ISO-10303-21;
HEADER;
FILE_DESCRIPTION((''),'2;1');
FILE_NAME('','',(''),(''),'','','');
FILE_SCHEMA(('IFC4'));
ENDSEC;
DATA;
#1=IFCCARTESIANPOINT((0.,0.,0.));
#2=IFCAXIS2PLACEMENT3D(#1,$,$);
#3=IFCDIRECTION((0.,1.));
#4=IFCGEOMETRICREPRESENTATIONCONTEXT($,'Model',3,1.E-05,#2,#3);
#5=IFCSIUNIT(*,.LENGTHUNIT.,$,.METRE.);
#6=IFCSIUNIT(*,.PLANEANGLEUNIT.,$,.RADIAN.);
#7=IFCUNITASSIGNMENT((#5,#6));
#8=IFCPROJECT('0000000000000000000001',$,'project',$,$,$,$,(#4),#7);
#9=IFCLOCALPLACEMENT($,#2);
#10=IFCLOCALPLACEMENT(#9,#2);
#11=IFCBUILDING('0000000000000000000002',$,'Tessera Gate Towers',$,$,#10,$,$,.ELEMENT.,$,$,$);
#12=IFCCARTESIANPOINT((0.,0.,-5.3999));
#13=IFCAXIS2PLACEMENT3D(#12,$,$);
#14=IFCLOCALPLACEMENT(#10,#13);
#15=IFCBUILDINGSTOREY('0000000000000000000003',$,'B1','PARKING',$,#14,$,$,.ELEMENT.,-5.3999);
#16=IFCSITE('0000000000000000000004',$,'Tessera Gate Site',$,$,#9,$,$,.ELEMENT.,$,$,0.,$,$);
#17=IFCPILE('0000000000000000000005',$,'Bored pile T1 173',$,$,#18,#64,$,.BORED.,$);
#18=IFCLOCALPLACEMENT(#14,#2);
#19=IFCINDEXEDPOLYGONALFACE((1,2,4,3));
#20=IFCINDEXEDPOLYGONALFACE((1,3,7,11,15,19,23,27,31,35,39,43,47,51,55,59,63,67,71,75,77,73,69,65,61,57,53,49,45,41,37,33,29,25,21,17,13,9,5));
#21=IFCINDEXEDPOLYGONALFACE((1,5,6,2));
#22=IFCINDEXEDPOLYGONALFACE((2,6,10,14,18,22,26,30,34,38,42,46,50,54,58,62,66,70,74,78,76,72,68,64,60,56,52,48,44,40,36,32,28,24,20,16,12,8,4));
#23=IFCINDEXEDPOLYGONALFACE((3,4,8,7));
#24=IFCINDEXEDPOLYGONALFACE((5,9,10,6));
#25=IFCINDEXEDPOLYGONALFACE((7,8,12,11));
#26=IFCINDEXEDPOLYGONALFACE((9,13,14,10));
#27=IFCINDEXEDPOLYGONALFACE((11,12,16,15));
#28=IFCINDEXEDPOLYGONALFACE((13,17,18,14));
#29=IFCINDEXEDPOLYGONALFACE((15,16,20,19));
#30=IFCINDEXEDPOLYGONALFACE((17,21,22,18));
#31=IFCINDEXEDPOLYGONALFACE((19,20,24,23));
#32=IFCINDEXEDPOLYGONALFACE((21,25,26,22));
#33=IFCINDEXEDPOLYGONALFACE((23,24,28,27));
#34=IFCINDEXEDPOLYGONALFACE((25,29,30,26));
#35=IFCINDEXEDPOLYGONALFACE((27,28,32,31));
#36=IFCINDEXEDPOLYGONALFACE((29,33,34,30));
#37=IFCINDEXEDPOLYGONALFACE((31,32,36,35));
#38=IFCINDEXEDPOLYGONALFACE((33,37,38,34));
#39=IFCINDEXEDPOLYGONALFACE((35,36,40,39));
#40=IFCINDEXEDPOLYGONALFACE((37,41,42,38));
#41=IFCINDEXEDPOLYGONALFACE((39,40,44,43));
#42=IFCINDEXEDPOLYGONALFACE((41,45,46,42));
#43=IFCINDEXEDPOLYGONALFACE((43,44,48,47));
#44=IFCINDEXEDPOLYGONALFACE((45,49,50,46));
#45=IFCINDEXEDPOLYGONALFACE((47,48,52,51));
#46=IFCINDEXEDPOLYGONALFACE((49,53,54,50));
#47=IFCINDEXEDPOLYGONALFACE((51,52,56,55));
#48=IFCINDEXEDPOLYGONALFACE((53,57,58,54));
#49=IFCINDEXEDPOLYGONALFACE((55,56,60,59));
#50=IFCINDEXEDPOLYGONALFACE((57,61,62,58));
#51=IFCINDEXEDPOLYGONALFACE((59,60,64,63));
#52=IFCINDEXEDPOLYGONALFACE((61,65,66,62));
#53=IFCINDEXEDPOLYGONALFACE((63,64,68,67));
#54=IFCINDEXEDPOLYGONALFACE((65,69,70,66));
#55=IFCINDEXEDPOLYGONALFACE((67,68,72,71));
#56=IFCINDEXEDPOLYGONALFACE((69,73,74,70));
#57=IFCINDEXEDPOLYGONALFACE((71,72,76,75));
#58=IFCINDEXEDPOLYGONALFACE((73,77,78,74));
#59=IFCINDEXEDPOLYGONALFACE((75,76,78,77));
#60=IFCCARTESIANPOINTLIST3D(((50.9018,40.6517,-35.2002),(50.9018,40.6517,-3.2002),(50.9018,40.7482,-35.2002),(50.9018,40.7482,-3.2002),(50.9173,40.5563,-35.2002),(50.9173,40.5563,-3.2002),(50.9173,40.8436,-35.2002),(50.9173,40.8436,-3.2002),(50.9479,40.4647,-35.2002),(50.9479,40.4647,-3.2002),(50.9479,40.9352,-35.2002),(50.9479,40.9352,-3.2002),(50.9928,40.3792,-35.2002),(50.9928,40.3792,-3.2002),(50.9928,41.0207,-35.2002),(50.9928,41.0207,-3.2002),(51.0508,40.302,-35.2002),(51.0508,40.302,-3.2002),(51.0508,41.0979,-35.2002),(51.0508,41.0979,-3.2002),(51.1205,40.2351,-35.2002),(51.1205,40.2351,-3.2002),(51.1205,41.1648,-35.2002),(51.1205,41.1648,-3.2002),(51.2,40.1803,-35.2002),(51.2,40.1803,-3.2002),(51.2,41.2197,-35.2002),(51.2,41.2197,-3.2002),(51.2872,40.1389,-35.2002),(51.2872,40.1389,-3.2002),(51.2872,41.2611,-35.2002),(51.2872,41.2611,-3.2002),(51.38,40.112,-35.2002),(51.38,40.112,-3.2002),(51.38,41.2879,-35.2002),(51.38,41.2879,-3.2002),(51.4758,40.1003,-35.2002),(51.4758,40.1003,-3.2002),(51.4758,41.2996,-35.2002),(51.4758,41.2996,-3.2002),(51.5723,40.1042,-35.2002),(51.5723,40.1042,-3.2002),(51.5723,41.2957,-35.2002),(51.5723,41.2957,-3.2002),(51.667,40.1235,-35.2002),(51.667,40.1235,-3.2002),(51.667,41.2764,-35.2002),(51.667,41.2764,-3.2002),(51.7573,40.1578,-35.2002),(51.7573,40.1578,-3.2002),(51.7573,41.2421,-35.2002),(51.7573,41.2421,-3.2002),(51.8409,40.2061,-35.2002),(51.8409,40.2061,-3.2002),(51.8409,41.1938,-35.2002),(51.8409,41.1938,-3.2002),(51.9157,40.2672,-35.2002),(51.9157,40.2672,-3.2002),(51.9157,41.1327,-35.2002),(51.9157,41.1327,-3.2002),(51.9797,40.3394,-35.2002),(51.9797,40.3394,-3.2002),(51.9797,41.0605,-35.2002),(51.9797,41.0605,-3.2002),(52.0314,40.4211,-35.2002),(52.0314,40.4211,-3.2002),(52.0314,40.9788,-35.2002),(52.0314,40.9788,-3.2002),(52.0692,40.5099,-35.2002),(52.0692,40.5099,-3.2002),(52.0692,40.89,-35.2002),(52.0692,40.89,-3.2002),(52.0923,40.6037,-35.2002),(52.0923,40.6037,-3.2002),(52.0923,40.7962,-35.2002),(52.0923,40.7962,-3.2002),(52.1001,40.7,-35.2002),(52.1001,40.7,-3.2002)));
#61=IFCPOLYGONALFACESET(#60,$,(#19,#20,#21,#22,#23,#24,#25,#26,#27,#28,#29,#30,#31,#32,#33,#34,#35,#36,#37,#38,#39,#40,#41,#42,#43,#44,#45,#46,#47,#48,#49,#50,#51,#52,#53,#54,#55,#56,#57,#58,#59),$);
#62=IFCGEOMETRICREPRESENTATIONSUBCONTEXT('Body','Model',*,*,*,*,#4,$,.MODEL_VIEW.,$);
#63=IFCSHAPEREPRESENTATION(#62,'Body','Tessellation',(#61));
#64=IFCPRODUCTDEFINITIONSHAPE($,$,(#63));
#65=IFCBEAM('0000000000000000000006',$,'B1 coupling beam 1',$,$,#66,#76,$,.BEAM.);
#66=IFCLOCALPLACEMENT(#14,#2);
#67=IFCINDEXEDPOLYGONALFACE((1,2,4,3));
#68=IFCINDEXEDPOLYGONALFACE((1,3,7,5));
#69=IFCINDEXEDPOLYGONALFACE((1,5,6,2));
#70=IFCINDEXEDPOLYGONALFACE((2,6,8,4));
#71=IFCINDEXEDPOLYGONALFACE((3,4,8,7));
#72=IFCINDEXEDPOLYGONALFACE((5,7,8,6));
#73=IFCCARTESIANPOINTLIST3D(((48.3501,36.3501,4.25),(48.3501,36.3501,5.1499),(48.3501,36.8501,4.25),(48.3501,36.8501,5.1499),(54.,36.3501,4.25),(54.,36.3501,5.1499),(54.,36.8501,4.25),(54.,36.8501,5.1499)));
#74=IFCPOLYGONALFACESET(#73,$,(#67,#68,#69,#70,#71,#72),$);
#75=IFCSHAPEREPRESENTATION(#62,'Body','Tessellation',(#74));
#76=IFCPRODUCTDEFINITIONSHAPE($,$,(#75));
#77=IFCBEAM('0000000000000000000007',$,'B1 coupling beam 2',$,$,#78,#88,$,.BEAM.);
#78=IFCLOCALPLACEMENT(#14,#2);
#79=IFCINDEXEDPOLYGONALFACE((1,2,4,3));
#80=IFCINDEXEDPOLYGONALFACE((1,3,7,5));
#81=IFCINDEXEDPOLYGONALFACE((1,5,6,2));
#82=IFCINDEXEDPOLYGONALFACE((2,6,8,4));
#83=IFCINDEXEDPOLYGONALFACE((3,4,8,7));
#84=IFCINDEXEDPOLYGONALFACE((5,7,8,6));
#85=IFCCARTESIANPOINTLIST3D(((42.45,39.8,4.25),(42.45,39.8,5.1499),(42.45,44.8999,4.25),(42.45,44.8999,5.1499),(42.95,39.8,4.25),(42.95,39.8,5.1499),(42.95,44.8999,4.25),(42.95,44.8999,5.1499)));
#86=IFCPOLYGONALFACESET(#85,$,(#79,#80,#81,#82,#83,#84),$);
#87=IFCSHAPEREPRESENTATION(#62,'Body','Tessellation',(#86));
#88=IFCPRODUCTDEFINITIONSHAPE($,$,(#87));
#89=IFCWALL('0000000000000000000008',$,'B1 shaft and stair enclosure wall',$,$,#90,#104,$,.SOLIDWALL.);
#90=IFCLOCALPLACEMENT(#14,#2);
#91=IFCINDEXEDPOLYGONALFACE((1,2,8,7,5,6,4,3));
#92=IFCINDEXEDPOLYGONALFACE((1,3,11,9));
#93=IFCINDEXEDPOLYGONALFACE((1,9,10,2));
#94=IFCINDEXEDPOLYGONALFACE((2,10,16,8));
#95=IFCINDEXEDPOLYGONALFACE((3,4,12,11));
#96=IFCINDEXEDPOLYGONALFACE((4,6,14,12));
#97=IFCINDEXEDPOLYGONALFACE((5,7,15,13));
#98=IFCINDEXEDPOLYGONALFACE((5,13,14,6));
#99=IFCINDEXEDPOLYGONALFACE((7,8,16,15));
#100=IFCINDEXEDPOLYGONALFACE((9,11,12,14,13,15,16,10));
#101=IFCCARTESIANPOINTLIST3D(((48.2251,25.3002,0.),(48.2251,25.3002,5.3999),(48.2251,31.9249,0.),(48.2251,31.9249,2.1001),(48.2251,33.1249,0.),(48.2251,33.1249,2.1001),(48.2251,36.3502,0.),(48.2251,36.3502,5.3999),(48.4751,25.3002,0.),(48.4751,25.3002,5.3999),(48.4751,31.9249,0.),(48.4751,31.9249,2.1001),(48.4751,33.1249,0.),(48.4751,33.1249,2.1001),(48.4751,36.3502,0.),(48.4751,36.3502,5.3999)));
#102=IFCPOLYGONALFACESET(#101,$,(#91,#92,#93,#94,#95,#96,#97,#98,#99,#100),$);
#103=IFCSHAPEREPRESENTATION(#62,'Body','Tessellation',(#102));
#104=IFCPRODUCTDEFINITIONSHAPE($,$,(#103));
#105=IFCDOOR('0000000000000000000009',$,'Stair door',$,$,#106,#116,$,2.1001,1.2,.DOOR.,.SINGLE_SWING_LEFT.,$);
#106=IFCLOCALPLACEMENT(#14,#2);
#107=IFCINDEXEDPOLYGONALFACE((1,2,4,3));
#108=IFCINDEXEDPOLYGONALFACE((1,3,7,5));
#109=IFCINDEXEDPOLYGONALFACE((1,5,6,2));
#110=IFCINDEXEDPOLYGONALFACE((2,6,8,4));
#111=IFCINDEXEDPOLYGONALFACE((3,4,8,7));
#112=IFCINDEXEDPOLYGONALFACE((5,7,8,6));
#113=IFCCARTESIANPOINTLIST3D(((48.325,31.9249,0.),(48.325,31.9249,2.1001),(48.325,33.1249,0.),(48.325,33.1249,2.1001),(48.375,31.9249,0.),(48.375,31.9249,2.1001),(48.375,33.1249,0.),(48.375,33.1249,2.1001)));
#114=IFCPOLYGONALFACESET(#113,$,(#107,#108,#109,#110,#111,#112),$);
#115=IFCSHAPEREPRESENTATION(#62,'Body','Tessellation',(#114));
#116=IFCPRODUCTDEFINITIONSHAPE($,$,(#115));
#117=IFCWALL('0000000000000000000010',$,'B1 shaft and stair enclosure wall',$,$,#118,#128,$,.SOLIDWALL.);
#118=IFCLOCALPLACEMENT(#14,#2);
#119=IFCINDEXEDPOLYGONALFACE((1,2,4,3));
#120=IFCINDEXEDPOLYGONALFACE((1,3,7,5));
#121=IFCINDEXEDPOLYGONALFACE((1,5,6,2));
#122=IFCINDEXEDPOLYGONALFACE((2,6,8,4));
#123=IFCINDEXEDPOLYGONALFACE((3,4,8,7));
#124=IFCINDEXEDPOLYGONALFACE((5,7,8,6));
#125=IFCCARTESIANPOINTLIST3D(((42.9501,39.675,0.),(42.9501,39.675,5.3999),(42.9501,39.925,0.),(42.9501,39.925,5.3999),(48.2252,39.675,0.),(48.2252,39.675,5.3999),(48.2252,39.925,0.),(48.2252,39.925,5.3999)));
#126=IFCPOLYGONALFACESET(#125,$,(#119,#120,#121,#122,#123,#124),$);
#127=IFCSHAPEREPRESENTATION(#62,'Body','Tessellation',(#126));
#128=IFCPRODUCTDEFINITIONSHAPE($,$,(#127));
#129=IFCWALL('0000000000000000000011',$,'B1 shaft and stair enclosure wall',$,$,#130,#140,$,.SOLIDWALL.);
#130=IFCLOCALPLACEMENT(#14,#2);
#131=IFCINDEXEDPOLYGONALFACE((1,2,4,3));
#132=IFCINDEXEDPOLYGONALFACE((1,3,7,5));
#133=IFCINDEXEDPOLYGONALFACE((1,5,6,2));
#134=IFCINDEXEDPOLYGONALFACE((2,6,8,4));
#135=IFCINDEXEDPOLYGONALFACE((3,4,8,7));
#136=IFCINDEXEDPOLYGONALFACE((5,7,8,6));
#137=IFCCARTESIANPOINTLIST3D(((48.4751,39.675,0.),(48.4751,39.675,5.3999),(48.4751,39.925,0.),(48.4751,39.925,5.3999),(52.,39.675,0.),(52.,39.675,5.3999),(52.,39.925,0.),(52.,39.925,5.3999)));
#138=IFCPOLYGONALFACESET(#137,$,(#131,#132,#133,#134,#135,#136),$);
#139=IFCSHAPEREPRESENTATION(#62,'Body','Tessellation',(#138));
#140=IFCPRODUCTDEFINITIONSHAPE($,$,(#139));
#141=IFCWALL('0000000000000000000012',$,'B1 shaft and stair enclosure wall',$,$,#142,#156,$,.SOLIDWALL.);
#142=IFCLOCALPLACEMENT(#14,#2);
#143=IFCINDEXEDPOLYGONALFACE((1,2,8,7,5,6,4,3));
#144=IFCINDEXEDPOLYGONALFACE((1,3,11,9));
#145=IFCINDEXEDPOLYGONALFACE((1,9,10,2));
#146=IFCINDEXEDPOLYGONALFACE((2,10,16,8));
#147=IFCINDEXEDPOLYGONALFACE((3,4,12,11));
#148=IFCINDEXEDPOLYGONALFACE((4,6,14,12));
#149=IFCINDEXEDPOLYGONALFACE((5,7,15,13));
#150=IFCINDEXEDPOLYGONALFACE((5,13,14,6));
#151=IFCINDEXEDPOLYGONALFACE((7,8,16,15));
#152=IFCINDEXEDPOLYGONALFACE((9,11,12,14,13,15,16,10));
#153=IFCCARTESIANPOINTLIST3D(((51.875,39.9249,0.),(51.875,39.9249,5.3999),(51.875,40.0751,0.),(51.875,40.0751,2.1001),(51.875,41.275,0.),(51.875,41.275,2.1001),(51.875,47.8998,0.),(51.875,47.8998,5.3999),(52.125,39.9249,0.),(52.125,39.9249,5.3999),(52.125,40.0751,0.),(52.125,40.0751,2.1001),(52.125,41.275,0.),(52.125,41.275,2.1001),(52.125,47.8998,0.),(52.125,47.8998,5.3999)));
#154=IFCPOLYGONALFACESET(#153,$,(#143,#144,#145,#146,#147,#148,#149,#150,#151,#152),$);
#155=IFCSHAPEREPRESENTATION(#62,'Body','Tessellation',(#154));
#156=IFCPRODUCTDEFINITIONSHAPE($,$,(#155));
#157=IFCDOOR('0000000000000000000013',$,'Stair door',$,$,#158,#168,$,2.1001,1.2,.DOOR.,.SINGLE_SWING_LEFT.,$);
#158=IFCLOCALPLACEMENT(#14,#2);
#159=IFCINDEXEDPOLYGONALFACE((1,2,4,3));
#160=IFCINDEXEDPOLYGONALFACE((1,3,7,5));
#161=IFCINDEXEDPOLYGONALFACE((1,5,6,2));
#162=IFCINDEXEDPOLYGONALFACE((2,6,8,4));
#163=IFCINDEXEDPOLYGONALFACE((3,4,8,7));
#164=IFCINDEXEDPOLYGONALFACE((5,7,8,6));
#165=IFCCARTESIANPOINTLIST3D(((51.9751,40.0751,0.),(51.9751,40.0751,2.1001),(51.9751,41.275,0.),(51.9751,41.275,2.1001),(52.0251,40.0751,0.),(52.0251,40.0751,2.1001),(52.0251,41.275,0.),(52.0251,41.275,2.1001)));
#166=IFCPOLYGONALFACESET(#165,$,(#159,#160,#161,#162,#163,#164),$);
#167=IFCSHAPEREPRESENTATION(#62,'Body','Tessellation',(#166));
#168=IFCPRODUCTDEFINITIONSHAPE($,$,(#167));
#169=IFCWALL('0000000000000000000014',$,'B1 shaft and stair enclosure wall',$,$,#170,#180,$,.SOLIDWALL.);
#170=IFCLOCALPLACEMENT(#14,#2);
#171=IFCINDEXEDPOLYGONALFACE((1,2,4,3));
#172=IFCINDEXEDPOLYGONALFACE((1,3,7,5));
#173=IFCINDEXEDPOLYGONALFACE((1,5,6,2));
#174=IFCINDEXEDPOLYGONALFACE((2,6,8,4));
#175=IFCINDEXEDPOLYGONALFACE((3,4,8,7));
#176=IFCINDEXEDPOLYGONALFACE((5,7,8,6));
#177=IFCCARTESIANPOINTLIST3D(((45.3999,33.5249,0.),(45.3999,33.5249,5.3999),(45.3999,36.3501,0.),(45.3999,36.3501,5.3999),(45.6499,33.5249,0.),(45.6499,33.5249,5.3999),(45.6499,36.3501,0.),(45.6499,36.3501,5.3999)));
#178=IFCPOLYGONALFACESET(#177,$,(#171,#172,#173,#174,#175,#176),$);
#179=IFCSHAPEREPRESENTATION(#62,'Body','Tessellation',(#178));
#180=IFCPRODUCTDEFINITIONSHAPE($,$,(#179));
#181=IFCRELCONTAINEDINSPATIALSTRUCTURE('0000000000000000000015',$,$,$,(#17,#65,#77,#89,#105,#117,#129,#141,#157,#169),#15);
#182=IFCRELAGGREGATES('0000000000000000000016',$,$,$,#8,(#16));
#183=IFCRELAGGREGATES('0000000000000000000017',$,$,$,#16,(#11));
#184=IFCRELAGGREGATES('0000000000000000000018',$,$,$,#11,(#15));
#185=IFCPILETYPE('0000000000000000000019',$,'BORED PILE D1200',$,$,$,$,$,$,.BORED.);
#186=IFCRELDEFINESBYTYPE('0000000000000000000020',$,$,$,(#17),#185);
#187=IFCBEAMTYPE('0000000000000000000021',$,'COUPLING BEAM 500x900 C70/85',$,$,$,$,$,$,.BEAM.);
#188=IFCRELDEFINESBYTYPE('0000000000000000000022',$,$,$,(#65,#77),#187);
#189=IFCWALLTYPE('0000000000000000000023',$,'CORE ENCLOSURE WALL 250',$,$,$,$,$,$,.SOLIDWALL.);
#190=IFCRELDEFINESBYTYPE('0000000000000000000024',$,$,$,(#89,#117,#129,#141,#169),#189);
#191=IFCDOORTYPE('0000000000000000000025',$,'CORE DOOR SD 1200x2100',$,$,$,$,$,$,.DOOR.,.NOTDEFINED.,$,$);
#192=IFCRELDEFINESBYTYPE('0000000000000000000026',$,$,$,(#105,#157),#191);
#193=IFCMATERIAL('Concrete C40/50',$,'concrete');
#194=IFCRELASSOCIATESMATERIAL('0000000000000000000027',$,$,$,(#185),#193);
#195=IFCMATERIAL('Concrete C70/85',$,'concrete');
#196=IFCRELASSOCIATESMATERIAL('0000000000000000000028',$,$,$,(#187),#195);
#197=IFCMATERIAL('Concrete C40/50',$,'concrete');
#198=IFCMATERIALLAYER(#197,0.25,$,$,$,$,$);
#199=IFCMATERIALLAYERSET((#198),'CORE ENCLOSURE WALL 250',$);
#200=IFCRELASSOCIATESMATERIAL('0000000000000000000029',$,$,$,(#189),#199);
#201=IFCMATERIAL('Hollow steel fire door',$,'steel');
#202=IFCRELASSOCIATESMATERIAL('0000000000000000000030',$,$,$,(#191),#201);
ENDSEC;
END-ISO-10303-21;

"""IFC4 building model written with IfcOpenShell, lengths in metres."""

from ifc_helpers import new_model, si_unit, direction, frame, frame_2d, origin, origin_2d, place, context, subcontext, project, spatial, rectangle, circle, extrude, source, transform, mapped, material, layer, layer_set, material_profile, profile_set, type_object, element, fill, save


model = new_model("IFC4")

# Units and contexts
model_context = context("Model", 3, precision=1e-05, world=origin(), true_north=direction((0.0, 1.0)))
body_context = subcontext(model_context, "Body", "Model", "MODEL_VIEW")
ifc_project = project(units=[si_unit("LENGTHUNIT", "METRE"), si_unit("PLANEANGLEUNIT", "RADIAN")], contexts=[model_context])

# Site, building, storey
site_placement = place(None, origin())
site = spatial("IfcSite", under=ifc_project, at=site_placement, Name="Tessera Gate Site", CompositionType="ELEMENT", RefElevation=0.0)
building_placement = place(site_placement, origin())
building = spatial("IfcBuilding", under=site, at=building_placement, Name="Tessera Gate Towers", CompositionType="ELEMENT")
storey_placement = place(building_placement, frame((0.0, 0.0, -5.3999)))
storey = spatial("IfcBuildingStorey", under=building, at=storey_placement, Name="B1", Description="PARKING", CompositionType="ELEMENT", Elevation=-5.3999)

# Pile
ifc_material_1 = material(Name="Concrete C40/50", Category="concrete")
ifc_material_profile_1 = material_profile(ifc_material_1, circle(Radius=0.6001, at=origin_2d()), Name="BORED PILE D1200")
ifc_profile_set_1 = profile_set([ifc_material_profile_1], Name="Concrete C40/50")
pile_type = type_object("IfcPileType", Name="BORED PILE D1200", PredefinedType="BORED", material=ifc_profile_set_1)
for number, where, z_axis, x_axis, name in (
    (1, (51.5, 40.7, -3.2002), (0.0, 0.0, -1.0), (1.0, 0.0, 0.0), "Bored pile T1 173"),
):
    element("IfcPile", number, at=place(storey_placement, frame(where, z_axis=z_axis, x_axis=x_axis)), inside=storey, type_object=pile_type, Name=name, PredefinedType="BORED", context=body_context, shape_type="SweptSolid", body=[
        extrude(circle(Radius=0.6001, at=origin_2d()), origin(), (0.0, 0.0, 1.0), 32.0),
    ])

# Beams
ifc_material_2 = material(Name="Concrete C70/85", Category="concrete")
ifc_material_profile_2 = material_profile(ifc_material_2, rectangle(XDim=0.5, YDim=0.8999, at=origin_2d()), Name="RC 500x900")
ifc_profile_set_2 = profile_set([ifc_material_profile_2], Name="Concrete C70/85")
beam_type = type_object("IfcBeamType", Name="COUPLING BEAM 500x900 C70/85", PredefinedType="BEAM", material=ifc_profile_set_2)
beam_1_placement = place(storey_placement, frame((48.3501, 36.6001, 4.7), z_axis=(1.0, 0.0, 0.0), x_axis=(0.0, 1.0, 0.0)))
element("IfcBeam", 2, at=beam_1_placement, inside=storey, type_object=beam_type, Name="B1 coupling beam 1", PredefinedType="BEAM", context=body_context, shape_type="SweptSolid", body=[
    extrude(rectangle(XDim=0.5, YDim=0.8999, at=origin_2d()), origin(), (0.0, 0.0, 1.0), 5.6499),
])
beam_2_placement = place(storey_placement, frame((42.7, 39.8, 4.7), z_axis=(0.0, 1.0, 0.0), x_axis=(-1.0, 0.0, 0.0)))
element("IfcBeam", 3, at=beam_2_placement, inside=storey, type_object=beam_type, Name="B1 coupling beam 2", PredefinedType="BEAM", context=body_context, shape_type="SweptSolid", body=[
    extrude(rectangle(XDim=0.5, YDim=0.8999, at=origin_2d()), origin(), (0.0, 0.0, 1.0), 5.0999),
])

# Wall, opening, door
ifc_material_3 = material(Name="Concrete C40/50", Category="concrete")
ifc_layer_1 = layer(ifc_material_3, 0.25)
ifc_layer_set_1 = layer_set([ifc_layer_1], Name="CORE ENCLOSURE WALL 250")
wall_type_1 = type_object("IfcWallType", Name="CORE ENCLOSURE WALL 250", PredefinedType="SOLIDWALL", material=ifc_layer_set_1)
wall_1_placement = place(storey_placement, frame((48.3501, 36.3501, 0.0), z_axis=(0.0, 0.0, 1.0), x_axis=(0.0, -1.0, 0.0)))
wall_1 = element("IfcWall", 4, at=wall_1_placement, inside=storey, type_object=wall_type_1, Name="B1 shaft and stair enclosure wall", PredefinedType="SOLIDWALL", context=body_context, shape_type="SweptSolid", body=[
    extrude(rectangle(XDim=11.05, YDim=0.25, at=frame_2d((5.5249, 0.0))), origin(), (0.0, 0.0, 1.0), 5.3999),
])
shared_shape_1 = source(origin(), body_context, "Body", "SweptSolid", [
    extrude(rectangle(XDim=1.2, YDim=2.1001, at=frame_2d((0.6001, 1.05))), frame((0.0, 0.135, 0.0), z_axis=(0.0, -1.0, 0.0), x_axis=(1.0, 0.0, 0.0)), (0.0, 0.0, 1.0), 0.27),
])
opening_1_placement = place(wall_1_placement, frame((3.2251, 0.0, 0.0)))
opening_1 = element("IfcOpeningElement", 5, at=opening_1_placement, cuts=wall_1, PredefinedType="OPENING", context=body_context, shape_type="MappedRepresentation", body=[
    mapped(shared_shape_1, transform((0.0, 0.0, 0.0), scale=1.0)),
])
ifc_material_4 = material(Name="Hollow steel fire door", Category="steel")
door_type_1 = type_object("IfcDoorType", Name="CORE DOOR SD 1200x2100", OperationType="NOTDEFINED", PredefinedType="DOOR", material=ifc_material_4)
shared_shape_2 = source(origin(), body_context, "Body", "SweptSolid", [
    extrude(rectangle(XDim=1.2, YDim=2.1001, at=frame_2d((0.6001, 1.05))), frame((0.0, 0.0249, 0.0), z_axis=(0.0, -1.0, 0.0), x_axis=(1.0, 0.0, 0.0)), (0.0, 0.0, 1.0), 0.05),
])
door_1_placement = place(opening_1_placement, origin())
door_1 = element("IfcDoor", 6, at=door_1_placement, inside=storey, type_object=door_type_1, Name="Stair door", OperationType="SINGLE_SWING_LEFT", OverallHeight=2.1001, OverallWidth=1.2, PredefinedType="DOOR", context=body_context, shape_type="MappedRepresentation", body=[
    mapped(shared_shape_2, transform((0.0, 0.0, 0.0), scale=1.0)),
])
fill(opening_1, door_1)

# Walls
wall_2_placement = place(storey_placement, frame((42.95, 39.8, 0.0), z_axis=(0.0, 0.0, 1.0), x_axis=(1.0, 0.0, 0.0)))
element("IfcWall", 7, at=wall_2_placement, inside=storey, type_object=wall_type_1, Name="B1 shaft and stair enclosure wall", PredefinedType="SOLIDWALL", context=body_context, shape_type="SweptSolid", body=[
    extrude(rectangle(XDim=5.2751, YDim=0.25, at=frame_2d((2.6377, 0.0))), origin(), (0.0, 0.0, 1.0), 5.3999),
])
wall_3_placement = place(storey_placement, frame((48.4751, 39.8, 0.0), z_axis=(0.0, 0.0, 1.0), x_axis=(1.0, 0.0, 0.0)))
element("IfcWall", 8, at=wall_3_placement, inside=storey, type_object=wall_type_1, Name="B1 shaft and stair enclosure wall", PredefinedType="SOLIDWALL", context=body_context, shape_type="SweptSolid", body=[
    extrude(rectangle(XDim=3.5249, YDim=0.25, at=frame_2d((1.7625, 0.0))), origin(), (0.0, 0.0, 1.0), 5.3999),
])

# Wall, opening, door
wall_4_placement = place(storey_placement, frame((52.0, 39.925, 0.0), z_axis=(0.0, 0.0, 1.0), x_axis=(0.0, 1.0, 0.0)))
wall_4 = element("IfcWall", 9, at=wall_4_placement, inside=storey, type_object=wall_type_1, Name="B1 shaft and stair enclosure wall", PredefinedType="SOLIDWALL", context=body_context, shape_type="SweptSolid", body=[
    extrude(rectangle(XDim=7.9749, YDim=0.25, at=frame_2d((3.9873, 0.0))), origin(), (0.0, 0.0, 1.0), 5.3999),
])
opening_2_placement = place(wall_4_placement, frame((0.1499, 0.0, 0.0)))
opening_2 = element("IfcOpeningElement", 10, at=opening_2_placement, cuts=wall_4, PredefinedType="OPENING", context=body_context, shape_type="MappedRepresentation", body=[
    mapped(shared_shape_1, transform((0.0, 0.0, 0.0), scale=1.0)),
])
door_2_placement = place(opening_2_placement, origin())
door_2 = element("IfcDoor", 11, at=door_2_placement, inside=storey, type_object=door_type_1, Name="Stair door", OperationType="SINGLE_SWING_LEFT", OverallHeight=2.1001, OverallWidth=1.2, PredefinedType="DOOR", context=body_context, shape_type="MappedRepresentation", body=[
    mapped(shared_shape_2, transform((0.0, 0.0, 0.0), scale=1.0)),
])
fill(opening_2, door_2)

# Wall
wall_5_placement = place(storey_placement, frame((45.5249, 33.5249, 0.0), z_axis=(0.0, 0.0, 1.0), x_axis=(0.0, 1.0, 0.0)))
element("IfcWall", 12, at=wall_5_placement, inside=storey, type_object=wall_type_1, Name="B1 shaft and stair enclosure wall", PredefinedType="SOLIDWALL", context=body_context, shape_type="SweptSolid", body=[
    extrude(rectangle(XDim=2.8252, YDim=0.25, at=frame_2d((1.4126, 0.0))), origin(), (0.0, 0.0, 1.0), 5.3999),
])

save(model, "model.ifc")
